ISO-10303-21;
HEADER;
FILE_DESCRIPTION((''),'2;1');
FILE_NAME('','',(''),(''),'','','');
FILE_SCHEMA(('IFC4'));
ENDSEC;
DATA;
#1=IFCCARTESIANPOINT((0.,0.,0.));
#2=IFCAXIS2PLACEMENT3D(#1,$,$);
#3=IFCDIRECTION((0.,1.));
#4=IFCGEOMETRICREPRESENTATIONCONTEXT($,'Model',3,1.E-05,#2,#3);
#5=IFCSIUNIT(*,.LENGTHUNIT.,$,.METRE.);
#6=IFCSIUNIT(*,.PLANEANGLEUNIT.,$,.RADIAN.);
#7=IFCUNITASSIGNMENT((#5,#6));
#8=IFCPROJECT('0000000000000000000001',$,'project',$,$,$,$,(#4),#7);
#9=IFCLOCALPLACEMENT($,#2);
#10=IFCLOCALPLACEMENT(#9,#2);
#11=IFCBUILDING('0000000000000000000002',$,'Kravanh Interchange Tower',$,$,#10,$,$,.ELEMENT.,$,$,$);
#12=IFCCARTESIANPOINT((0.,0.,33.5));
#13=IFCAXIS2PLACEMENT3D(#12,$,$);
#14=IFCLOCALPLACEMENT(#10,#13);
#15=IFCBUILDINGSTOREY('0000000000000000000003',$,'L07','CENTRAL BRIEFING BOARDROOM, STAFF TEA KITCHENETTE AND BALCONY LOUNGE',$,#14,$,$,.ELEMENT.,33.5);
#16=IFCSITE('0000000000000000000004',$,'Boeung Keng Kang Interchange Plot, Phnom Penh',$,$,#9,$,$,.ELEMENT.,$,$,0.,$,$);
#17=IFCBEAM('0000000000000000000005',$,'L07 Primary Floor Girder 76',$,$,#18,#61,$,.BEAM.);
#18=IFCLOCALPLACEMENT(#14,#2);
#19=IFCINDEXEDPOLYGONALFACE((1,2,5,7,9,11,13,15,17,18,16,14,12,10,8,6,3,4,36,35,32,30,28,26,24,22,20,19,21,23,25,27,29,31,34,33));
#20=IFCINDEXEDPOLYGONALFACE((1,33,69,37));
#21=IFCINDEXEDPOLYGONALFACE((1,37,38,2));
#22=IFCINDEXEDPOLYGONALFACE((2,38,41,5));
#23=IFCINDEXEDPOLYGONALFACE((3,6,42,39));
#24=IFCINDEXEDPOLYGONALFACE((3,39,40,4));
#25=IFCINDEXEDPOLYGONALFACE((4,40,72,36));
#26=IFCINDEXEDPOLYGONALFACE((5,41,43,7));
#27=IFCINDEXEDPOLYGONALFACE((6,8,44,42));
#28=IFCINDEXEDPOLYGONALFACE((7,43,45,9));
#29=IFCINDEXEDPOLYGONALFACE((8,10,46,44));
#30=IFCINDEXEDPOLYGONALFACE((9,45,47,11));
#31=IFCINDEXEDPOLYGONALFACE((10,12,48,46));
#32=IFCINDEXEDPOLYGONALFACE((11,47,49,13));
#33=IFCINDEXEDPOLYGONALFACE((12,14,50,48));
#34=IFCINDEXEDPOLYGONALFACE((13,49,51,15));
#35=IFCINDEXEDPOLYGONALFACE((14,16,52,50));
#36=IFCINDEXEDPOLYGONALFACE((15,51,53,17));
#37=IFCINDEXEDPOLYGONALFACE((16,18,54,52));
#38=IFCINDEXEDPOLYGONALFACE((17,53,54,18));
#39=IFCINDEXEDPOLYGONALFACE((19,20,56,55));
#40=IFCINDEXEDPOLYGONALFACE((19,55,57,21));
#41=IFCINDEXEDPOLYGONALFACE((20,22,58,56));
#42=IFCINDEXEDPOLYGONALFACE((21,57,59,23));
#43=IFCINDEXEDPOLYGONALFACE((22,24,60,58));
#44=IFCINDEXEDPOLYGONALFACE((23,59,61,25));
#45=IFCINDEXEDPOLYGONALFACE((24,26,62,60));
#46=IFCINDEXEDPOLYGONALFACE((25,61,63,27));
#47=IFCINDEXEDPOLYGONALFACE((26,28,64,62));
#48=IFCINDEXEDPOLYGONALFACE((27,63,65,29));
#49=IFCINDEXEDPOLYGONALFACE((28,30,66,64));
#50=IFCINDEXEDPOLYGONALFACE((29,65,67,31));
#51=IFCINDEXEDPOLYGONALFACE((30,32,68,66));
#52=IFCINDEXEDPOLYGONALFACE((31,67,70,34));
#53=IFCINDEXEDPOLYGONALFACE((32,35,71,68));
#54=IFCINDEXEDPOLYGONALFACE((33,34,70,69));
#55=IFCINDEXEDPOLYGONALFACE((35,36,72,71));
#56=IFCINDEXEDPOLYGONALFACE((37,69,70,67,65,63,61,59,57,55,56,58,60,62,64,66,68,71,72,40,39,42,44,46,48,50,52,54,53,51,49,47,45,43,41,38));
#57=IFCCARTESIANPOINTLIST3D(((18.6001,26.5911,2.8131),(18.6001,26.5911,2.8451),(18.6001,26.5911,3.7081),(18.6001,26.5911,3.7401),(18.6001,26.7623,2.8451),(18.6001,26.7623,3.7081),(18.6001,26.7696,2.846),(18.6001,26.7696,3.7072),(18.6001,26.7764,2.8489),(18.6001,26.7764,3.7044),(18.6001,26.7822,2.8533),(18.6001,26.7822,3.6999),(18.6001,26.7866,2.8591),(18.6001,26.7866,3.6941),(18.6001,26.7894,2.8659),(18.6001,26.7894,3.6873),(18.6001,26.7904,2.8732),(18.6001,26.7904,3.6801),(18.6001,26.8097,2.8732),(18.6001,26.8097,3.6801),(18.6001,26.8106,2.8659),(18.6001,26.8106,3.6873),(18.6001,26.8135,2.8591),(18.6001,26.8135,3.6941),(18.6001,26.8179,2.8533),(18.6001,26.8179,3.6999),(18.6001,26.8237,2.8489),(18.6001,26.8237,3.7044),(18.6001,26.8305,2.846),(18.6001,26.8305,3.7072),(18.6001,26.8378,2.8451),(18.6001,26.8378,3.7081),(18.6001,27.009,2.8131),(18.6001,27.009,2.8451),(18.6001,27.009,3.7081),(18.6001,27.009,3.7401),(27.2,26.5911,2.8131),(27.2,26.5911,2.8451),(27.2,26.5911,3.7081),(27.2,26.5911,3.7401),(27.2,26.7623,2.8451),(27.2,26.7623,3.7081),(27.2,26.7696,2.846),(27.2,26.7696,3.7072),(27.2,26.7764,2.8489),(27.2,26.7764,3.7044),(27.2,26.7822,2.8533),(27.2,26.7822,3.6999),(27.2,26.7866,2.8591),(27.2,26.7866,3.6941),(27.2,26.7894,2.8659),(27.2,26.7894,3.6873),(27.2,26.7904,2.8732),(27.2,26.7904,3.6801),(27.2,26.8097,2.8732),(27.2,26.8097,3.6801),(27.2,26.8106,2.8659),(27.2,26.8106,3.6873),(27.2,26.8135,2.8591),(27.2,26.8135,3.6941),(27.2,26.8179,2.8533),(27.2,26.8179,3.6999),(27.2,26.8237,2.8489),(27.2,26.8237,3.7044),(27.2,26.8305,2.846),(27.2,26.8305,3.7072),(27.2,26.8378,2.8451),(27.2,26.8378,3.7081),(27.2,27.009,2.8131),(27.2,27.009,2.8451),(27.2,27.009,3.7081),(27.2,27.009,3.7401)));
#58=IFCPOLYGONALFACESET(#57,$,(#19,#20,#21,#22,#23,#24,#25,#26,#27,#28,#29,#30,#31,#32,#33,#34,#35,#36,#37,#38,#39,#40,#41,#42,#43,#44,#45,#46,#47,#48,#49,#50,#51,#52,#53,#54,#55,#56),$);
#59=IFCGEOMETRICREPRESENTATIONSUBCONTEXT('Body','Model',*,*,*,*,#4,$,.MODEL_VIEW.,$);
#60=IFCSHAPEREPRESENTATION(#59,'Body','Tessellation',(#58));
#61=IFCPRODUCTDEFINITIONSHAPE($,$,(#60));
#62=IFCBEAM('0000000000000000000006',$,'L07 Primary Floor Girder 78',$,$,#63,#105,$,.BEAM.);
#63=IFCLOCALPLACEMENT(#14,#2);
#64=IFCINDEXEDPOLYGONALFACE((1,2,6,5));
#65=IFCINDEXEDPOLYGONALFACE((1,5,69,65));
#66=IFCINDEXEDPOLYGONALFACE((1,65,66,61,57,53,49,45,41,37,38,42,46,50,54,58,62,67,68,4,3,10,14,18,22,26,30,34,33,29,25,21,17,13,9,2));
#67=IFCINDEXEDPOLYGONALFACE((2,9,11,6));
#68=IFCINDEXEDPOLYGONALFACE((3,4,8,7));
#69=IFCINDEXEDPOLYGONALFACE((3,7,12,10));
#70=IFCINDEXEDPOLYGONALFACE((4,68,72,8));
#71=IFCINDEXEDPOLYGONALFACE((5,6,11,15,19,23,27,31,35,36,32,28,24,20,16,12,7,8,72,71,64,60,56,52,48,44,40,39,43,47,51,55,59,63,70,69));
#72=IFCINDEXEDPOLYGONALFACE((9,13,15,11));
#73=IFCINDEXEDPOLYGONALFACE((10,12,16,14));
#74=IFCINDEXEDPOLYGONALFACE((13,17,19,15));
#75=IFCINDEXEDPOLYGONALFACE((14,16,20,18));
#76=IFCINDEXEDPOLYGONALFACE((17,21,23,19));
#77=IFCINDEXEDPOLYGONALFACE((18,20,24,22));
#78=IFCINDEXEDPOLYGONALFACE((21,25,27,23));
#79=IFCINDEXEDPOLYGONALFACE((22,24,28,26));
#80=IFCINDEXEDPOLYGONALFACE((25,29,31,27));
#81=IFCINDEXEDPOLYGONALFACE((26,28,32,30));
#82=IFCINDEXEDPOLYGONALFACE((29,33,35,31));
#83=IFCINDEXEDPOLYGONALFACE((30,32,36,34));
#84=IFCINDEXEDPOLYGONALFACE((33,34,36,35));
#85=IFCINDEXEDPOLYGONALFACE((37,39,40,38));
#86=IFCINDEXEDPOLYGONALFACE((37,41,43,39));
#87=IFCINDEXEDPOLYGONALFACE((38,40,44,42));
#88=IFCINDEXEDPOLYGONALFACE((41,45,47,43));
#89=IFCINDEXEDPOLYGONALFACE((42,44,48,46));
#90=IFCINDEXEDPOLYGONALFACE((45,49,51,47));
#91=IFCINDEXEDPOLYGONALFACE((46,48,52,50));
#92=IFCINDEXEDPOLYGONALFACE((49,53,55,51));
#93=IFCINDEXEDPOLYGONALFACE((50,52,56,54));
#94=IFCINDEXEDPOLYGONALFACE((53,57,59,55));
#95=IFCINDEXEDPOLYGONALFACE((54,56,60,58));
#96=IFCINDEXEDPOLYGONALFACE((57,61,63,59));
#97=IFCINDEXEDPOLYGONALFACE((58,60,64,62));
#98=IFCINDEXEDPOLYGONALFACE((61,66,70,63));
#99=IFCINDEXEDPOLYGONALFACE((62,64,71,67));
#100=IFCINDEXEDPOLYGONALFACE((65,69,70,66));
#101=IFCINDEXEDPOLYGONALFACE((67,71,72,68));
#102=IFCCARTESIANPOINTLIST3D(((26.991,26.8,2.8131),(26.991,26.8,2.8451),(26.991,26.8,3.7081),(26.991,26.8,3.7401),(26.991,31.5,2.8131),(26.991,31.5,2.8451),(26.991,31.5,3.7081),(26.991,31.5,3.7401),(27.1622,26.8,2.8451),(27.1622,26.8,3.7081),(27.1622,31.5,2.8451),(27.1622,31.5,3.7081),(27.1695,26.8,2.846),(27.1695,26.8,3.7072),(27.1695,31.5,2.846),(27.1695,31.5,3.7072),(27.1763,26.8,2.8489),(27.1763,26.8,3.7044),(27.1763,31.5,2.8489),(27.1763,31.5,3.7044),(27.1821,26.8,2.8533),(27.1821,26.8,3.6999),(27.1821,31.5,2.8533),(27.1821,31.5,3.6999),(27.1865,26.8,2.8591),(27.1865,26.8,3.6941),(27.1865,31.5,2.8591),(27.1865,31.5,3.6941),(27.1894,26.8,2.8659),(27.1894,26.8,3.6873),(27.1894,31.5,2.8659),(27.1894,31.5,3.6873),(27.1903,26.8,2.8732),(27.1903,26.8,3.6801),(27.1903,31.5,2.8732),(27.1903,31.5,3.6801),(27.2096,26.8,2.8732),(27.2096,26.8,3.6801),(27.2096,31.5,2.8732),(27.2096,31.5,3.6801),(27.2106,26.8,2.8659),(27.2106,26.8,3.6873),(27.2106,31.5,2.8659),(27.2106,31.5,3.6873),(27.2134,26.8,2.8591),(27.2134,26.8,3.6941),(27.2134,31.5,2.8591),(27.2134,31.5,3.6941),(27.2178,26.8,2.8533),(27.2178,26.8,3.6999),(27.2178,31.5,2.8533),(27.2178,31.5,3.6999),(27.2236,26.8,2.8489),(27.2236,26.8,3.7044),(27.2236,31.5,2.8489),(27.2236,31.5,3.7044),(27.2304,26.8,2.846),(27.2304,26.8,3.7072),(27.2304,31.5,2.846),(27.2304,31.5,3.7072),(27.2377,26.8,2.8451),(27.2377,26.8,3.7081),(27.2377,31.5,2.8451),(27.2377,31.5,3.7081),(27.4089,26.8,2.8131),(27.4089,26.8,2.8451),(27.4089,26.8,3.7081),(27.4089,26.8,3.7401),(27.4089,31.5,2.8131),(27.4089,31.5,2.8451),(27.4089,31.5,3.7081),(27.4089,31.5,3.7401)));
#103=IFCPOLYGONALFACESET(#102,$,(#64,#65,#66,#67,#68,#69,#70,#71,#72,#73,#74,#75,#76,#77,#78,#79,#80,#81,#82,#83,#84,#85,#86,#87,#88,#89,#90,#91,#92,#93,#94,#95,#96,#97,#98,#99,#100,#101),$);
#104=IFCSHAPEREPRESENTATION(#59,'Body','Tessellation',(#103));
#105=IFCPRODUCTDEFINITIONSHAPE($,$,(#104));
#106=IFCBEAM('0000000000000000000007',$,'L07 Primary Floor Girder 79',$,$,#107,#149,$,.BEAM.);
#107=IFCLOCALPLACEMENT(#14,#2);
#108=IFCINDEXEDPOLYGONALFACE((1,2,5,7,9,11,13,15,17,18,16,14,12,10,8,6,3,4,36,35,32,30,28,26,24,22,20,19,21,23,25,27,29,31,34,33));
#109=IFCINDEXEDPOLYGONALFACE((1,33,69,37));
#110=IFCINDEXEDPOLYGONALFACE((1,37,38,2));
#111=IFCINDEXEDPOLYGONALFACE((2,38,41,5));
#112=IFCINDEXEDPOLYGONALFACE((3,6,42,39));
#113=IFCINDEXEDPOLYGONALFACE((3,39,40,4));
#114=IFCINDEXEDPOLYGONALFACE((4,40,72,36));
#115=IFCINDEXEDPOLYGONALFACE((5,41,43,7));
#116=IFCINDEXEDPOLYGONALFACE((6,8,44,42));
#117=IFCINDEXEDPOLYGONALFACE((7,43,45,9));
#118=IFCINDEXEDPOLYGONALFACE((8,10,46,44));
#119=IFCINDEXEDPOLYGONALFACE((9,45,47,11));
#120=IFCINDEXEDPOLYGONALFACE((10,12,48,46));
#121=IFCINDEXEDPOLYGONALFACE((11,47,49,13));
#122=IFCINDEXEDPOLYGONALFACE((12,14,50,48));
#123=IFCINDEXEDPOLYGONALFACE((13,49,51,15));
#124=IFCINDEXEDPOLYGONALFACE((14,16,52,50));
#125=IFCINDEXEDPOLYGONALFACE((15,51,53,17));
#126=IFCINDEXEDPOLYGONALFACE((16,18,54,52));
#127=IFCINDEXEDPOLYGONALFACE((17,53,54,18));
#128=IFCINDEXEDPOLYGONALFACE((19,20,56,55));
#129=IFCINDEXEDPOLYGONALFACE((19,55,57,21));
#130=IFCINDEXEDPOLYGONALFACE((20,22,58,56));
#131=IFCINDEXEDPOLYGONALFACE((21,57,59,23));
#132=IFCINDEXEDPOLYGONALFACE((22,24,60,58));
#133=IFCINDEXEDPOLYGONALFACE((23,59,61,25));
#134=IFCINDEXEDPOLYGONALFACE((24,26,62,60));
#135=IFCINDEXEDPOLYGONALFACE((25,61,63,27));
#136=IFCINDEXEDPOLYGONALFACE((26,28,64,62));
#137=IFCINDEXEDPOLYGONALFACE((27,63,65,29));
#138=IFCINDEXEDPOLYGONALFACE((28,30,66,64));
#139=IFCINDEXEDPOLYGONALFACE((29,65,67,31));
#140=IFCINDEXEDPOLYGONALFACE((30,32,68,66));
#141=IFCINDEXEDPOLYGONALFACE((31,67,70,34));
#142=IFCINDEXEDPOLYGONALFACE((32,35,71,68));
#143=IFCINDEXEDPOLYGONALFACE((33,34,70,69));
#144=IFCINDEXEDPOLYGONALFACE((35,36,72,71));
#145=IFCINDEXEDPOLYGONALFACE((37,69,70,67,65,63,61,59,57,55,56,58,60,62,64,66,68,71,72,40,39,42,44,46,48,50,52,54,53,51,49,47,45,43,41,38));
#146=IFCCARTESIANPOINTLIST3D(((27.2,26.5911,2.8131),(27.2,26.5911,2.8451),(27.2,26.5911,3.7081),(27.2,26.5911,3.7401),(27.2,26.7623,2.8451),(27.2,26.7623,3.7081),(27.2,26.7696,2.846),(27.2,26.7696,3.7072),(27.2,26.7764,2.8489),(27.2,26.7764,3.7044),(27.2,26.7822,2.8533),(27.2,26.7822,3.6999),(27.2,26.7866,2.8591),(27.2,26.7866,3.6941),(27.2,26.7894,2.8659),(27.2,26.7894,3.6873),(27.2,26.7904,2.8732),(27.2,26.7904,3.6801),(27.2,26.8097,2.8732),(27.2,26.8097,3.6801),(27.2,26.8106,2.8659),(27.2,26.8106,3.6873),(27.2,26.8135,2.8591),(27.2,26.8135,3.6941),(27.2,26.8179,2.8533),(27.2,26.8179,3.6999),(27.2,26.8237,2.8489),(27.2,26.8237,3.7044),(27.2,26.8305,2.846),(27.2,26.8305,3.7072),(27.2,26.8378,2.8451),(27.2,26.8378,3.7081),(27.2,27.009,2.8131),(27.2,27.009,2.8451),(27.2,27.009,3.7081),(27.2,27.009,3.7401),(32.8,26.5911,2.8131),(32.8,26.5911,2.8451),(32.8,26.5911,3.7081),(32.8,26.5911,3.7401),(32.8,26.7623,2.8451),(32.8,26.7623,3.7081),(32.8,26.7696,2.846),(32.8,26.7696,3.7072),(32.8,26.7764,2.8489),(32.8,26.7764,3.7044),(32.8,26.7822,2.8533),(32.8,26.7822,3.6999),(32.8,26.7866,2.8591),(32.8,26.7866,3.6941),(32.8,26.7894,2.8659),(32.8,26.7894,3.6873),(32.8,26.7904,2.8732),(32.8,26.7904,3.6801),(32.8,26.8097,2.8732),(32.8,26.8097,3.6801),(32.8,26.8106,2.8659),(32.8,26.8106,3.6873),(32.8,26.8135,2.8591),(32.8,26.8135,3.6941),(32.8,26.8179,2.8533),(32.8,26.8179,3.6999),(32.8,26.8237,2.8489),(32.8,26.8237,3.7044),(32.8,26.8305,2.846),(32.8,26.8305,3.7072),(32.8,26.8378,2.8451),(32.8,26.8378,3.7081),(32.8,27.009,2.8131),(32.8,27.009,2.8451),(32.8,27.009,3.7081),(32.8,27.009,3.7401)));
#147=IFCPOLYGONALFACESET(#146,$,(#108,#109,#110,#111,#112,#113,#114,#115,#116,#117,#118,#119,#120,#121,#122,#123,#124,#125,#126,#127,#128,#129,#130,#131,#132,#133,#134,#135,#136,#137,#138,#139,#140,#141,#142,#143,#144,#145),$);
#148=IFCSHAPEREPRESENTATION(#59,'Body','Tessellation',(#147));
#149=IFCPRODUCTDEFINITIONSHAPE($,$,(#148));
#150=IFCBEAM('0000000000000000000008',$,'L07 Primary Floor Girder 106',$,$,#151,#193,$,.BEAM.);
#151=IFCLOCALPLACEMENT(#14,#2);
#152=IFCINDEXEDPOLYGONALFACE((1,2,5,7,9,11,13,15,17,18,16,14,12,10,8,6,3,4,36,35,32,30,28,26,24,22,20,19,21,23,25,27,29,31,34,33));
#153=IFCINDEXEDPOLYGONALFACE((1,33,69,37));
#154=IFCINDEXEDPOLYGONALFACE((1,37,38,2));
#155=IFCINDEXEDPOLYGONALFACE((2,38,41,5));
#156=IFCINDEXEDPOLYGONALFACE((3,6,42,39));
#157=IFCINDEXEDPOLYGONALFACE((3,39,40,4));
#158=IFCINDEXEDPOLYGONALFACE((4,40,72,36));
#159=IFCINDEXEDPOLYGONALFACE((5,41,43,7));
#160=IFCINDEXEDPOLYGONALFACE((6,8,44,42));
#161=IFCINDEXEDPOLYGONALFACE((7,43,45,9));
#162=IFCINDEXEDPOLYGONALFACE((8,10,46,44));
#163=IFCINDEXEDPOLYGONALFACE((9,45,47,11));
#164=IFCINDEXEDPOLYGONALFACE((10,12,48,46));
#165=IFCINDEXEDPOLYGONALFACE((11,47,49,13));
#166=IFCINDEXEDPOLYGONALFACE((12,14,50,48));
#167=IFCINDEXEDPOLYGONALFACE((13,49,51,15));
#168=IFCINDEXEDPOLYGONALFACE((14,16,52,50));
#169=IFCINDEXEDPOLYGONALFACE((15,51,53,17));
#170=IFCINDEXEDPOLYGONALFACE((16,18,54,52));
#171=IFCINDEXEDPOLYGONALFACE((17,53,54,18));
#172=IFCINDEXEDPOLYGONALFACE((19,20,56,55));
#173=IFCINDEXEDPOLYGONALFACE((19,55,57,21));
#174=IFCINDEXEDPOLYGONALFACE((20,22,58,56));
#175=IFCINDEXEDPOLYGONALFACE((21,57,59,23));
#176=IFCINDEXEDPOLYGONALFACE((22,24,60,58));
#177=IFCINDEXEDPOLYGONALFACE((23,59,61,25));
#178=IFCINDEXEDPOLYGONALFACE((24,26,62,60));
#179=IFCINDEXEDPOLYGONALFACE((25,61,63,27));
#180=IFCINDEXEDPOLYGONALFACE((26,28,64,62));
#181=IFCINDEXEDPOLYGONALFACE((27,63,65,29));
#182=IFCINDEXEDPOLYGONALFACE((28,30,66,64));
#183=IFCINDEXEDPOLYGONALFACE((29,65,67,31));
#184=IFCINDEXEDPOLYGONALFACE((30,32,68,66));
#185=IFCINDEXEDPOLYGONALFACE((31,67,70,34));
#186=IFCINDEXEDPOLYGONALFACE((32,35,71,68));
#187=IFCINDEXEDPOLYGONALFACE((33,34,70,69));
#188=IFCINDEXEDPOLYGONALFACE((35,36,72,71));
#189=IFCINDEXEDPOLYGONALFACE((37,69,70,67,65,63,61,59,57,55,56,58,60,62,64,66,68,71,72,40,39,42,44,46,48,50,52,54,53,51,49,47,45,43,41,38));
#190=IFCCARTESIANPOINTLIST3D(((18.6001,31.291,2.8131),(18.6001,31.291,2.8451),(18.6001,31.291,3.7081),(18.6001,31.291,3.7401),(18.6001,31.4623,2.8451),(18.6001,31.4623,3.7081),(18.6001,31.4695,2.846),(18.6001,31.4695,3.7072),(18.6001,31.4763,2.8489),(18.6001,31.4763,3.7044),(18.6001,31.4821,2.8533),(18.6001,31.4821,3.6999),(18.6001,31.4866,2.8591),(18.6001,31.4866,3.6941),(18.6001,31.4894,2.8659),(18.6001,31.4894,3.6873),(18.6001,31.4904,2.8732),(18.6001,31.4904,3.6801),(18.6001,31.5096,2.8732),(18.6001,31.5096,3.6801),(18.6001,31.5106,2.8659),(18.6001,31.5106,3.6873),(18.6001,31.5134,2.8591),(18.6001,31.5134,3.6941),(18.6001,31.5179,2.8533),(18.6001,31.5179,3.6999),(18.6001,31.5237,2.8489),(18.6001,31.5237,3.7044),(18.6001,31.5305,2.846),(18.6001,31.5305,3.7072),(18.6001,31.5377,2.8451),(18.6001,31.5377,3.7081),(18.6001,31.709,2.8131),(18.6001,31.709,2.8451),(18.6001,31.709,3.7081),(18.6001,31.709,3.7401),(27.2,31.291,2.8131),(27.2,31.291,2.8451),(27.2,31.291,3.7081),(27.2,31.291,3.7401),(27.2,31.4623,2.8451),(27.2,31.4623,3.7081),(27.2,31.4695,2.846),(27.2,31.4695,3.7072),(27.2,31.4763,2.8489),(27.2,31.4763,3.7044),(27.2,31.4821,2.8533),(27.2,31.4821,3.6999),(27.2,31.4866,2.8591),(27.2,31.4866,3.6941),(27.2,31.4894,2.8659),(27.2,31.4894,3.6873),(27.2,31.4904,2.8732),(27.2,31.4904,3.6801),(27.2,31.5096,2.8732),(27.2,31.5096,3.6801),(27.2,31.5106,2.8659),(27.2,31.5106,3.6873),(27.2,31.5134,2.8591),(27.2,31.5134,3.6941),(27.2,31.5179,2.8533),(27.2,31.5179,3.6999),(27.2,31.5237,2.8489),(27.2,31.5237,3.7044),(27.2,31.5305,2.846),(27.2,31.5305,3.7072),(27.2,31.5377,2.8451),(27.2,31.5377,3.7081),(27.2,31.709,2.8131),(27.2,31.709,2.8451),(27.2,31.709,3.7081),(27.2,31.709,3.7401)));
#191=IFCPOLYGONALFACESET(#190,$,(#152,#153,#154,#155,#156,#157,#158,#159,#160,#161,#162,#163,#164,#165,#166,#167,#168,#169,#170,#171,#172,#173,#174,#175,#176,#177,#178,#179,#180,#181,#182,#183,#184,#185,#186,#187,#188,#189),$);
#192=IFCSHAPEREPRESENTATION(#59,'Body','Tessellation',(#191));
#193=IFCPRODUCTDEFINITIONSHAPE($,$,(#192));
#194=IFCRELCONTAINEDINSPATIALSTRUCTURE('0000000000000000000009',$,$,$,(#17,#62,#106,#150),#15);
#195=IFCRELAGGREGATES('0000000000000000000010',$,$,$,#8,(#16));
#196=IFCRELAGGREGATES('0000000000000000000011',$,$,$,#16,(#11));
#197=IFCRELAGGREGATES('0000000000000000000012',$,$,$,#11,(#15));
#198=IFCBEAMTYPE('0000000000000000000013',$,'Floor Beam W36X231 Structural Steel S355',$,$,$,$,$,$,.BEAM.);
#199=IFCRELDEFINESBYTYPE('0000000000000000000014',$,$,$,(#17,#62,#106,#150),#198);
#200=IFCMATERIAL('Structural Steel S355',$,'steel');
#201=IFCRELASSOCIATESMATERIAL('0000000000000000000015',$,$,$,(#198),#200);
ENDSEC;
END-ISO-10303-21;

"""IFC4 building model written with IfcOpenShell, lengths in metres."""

from ifc_helpers import new_model, si_unit, direction, frame, origin, origin_2d, place, context, subcontext, project, spatial, i_section, extrude, material, material_profile, profile_set, type_object, element, save


model = new_model("IFC4")

# Units and contexts
model_context = context("Model", 3, precision=1e-05, world=origin(), true_north=direction((0.0, 1.0)))
body_context = subcontext(model_context, "Body", "Model", "MODEL_VIEW")
ifc_project = project(units=[si_unit("LENGTHUNIT", "METRE"), si_unit("PLANEANGLEUNIT", "RADIAN")], contexts=[model_context])

# Site, building, storey
site_placement = place(None, origin())
site = spatial("IfcSite", under=ifc_project, at=site_placement, Name="Boeung Keng Kang Interchange Plot, Phnom Penh", CompositionType="ELEMENT", RefElevation=0.0)
building_placement = place(site_placement, origin())
building = spatial("IfcBuilding", under=site, at=building_placement, Name="Kravanh Interchange Tower", CompositionType="ELEMENT")
storey_placement = place(building_placement, frame((0.0, 0.0, 33.5)))
storey = spatial("IfcBuildingStorey", under=building, at=storey_placement, Name="L07", Description="CENTRAL BRIEFING BOARDROOM, STAFF TEA KITCHENETTE AND BALCONY LOUNGE", CompositionType="ELEMENT", Elevation=33.5)

# Beams
ifc_material_1 = material(Name="Structural Steel S355", Category="steel")
ifc_material_profile_1 = material_profile(ifc_material_1, i_section(OverallWidth=0.418, OverallDepth=0.927, WebThickness=0.0193, FlangeThickness=0.032, FilletRadius=0.0281, at=origin_2d()), Name="W36X231")
ifc_profile_set_1 = profile_set([ifc_material_profile_1], Name="Structural Steel S355")
beam_type_1 = type_object("IfcBeamType", Name="Floor Beam W36X231 Structural Steel S355", PredefinedType="BEAM", material=ifc_profile_set_1)
beam_1_placement = place(storey_placement, frame((18.6001, 26.8, 3.2766), z_axis=(1.0, 0.0, 0.0), x_axis=(0.0, 1.0, 0.0)))
element("IfcBeam", 1, at=beam_1_placement, inside=storey, type_object=beam_type_1, Name="L07 Primary Floor Girder 76", PredefinedType="BEAM", context=body_context, shape_type="SweptSolid", body=[
    extrude(i_section(OverallWidth=0.418, OverallDepth=0.927, WebThickness=0.0193, FlangeThickness=0.032, FilletRadius=0.0281, at=origin_2d()), origin(), (0.0, 0.0, 1.0), 8.5999),
])
beam_2_placement = place(storey_placement, frame((27.2, 26.8, 3.2766), z_axis=(0.0, 1.0, 0.0), x_axis=(-1.0, 0.0, 0.0)))
element("IfcBeam", 2, at=beam_2_placement, inside=storey, type_object=beam_type_1, Name="L07 Primary Floor Girder 78", PredefinedType="BEAM", context=body_context, shape_type="SweptSolid", body=[
    extrude(i_section(OverallWidth=0.418, OverallDepth=0.927, WebThickness=0.0193, FlangeThickness=0.032, FilletRadius=0.0281, at=origin_2d()), origin(), (0.0, 0.0, 1.0), 4.7),
])
beam_3_placement = place(storey_placement, frame((27.2, 26.8, 3.2766), z_axis=(1.0, 0.0, 0.0), x_axis=(0.0, 1.0, 0.0)))
element("IfcBeam", 3, at=beam_3_placement, inside=storey, type_object=beam_type_1, Name="L07 Primary Floor Girder 79", PredefinedType="BEAM", context=body_context, shape_type="SweptSolid", body=[
    extrude(i_section(OverallWidth=0.418, OverallDepth=0.927, WebThickness=0.0193, FlangeThickness=0.032, FilletRadius=0.0281, at=origin_2d()), origin(), (0.0, 0.0, 1.0), 5.6001),
])
beam_4_placement = place(storey_placement, frame((18.6001, 31.5, 3.2766), z_axis=(1.0, 0.0, 0.0), x_axis=(0.0, 1.0, 0.0)))
element("IfcBeam", 4, at=beam_4_placement, inside=storey, type_object=beam_type_1, Name="L07 Primary Floor Girder 106", PredefinedType="BEAM", context=body_context, shape_type="SweptSolid", body=[
    extrude(i_section(OverallWidth=0.418, OverallDepth=0.927, WebThickness=0.0193, FlangeThickness=0.032, FilletRadius=0.0281, at=origin_2d()), origin(), (0.0, 0.0, 1.0), 8.5999),
])

save(model, "model.ifc")
